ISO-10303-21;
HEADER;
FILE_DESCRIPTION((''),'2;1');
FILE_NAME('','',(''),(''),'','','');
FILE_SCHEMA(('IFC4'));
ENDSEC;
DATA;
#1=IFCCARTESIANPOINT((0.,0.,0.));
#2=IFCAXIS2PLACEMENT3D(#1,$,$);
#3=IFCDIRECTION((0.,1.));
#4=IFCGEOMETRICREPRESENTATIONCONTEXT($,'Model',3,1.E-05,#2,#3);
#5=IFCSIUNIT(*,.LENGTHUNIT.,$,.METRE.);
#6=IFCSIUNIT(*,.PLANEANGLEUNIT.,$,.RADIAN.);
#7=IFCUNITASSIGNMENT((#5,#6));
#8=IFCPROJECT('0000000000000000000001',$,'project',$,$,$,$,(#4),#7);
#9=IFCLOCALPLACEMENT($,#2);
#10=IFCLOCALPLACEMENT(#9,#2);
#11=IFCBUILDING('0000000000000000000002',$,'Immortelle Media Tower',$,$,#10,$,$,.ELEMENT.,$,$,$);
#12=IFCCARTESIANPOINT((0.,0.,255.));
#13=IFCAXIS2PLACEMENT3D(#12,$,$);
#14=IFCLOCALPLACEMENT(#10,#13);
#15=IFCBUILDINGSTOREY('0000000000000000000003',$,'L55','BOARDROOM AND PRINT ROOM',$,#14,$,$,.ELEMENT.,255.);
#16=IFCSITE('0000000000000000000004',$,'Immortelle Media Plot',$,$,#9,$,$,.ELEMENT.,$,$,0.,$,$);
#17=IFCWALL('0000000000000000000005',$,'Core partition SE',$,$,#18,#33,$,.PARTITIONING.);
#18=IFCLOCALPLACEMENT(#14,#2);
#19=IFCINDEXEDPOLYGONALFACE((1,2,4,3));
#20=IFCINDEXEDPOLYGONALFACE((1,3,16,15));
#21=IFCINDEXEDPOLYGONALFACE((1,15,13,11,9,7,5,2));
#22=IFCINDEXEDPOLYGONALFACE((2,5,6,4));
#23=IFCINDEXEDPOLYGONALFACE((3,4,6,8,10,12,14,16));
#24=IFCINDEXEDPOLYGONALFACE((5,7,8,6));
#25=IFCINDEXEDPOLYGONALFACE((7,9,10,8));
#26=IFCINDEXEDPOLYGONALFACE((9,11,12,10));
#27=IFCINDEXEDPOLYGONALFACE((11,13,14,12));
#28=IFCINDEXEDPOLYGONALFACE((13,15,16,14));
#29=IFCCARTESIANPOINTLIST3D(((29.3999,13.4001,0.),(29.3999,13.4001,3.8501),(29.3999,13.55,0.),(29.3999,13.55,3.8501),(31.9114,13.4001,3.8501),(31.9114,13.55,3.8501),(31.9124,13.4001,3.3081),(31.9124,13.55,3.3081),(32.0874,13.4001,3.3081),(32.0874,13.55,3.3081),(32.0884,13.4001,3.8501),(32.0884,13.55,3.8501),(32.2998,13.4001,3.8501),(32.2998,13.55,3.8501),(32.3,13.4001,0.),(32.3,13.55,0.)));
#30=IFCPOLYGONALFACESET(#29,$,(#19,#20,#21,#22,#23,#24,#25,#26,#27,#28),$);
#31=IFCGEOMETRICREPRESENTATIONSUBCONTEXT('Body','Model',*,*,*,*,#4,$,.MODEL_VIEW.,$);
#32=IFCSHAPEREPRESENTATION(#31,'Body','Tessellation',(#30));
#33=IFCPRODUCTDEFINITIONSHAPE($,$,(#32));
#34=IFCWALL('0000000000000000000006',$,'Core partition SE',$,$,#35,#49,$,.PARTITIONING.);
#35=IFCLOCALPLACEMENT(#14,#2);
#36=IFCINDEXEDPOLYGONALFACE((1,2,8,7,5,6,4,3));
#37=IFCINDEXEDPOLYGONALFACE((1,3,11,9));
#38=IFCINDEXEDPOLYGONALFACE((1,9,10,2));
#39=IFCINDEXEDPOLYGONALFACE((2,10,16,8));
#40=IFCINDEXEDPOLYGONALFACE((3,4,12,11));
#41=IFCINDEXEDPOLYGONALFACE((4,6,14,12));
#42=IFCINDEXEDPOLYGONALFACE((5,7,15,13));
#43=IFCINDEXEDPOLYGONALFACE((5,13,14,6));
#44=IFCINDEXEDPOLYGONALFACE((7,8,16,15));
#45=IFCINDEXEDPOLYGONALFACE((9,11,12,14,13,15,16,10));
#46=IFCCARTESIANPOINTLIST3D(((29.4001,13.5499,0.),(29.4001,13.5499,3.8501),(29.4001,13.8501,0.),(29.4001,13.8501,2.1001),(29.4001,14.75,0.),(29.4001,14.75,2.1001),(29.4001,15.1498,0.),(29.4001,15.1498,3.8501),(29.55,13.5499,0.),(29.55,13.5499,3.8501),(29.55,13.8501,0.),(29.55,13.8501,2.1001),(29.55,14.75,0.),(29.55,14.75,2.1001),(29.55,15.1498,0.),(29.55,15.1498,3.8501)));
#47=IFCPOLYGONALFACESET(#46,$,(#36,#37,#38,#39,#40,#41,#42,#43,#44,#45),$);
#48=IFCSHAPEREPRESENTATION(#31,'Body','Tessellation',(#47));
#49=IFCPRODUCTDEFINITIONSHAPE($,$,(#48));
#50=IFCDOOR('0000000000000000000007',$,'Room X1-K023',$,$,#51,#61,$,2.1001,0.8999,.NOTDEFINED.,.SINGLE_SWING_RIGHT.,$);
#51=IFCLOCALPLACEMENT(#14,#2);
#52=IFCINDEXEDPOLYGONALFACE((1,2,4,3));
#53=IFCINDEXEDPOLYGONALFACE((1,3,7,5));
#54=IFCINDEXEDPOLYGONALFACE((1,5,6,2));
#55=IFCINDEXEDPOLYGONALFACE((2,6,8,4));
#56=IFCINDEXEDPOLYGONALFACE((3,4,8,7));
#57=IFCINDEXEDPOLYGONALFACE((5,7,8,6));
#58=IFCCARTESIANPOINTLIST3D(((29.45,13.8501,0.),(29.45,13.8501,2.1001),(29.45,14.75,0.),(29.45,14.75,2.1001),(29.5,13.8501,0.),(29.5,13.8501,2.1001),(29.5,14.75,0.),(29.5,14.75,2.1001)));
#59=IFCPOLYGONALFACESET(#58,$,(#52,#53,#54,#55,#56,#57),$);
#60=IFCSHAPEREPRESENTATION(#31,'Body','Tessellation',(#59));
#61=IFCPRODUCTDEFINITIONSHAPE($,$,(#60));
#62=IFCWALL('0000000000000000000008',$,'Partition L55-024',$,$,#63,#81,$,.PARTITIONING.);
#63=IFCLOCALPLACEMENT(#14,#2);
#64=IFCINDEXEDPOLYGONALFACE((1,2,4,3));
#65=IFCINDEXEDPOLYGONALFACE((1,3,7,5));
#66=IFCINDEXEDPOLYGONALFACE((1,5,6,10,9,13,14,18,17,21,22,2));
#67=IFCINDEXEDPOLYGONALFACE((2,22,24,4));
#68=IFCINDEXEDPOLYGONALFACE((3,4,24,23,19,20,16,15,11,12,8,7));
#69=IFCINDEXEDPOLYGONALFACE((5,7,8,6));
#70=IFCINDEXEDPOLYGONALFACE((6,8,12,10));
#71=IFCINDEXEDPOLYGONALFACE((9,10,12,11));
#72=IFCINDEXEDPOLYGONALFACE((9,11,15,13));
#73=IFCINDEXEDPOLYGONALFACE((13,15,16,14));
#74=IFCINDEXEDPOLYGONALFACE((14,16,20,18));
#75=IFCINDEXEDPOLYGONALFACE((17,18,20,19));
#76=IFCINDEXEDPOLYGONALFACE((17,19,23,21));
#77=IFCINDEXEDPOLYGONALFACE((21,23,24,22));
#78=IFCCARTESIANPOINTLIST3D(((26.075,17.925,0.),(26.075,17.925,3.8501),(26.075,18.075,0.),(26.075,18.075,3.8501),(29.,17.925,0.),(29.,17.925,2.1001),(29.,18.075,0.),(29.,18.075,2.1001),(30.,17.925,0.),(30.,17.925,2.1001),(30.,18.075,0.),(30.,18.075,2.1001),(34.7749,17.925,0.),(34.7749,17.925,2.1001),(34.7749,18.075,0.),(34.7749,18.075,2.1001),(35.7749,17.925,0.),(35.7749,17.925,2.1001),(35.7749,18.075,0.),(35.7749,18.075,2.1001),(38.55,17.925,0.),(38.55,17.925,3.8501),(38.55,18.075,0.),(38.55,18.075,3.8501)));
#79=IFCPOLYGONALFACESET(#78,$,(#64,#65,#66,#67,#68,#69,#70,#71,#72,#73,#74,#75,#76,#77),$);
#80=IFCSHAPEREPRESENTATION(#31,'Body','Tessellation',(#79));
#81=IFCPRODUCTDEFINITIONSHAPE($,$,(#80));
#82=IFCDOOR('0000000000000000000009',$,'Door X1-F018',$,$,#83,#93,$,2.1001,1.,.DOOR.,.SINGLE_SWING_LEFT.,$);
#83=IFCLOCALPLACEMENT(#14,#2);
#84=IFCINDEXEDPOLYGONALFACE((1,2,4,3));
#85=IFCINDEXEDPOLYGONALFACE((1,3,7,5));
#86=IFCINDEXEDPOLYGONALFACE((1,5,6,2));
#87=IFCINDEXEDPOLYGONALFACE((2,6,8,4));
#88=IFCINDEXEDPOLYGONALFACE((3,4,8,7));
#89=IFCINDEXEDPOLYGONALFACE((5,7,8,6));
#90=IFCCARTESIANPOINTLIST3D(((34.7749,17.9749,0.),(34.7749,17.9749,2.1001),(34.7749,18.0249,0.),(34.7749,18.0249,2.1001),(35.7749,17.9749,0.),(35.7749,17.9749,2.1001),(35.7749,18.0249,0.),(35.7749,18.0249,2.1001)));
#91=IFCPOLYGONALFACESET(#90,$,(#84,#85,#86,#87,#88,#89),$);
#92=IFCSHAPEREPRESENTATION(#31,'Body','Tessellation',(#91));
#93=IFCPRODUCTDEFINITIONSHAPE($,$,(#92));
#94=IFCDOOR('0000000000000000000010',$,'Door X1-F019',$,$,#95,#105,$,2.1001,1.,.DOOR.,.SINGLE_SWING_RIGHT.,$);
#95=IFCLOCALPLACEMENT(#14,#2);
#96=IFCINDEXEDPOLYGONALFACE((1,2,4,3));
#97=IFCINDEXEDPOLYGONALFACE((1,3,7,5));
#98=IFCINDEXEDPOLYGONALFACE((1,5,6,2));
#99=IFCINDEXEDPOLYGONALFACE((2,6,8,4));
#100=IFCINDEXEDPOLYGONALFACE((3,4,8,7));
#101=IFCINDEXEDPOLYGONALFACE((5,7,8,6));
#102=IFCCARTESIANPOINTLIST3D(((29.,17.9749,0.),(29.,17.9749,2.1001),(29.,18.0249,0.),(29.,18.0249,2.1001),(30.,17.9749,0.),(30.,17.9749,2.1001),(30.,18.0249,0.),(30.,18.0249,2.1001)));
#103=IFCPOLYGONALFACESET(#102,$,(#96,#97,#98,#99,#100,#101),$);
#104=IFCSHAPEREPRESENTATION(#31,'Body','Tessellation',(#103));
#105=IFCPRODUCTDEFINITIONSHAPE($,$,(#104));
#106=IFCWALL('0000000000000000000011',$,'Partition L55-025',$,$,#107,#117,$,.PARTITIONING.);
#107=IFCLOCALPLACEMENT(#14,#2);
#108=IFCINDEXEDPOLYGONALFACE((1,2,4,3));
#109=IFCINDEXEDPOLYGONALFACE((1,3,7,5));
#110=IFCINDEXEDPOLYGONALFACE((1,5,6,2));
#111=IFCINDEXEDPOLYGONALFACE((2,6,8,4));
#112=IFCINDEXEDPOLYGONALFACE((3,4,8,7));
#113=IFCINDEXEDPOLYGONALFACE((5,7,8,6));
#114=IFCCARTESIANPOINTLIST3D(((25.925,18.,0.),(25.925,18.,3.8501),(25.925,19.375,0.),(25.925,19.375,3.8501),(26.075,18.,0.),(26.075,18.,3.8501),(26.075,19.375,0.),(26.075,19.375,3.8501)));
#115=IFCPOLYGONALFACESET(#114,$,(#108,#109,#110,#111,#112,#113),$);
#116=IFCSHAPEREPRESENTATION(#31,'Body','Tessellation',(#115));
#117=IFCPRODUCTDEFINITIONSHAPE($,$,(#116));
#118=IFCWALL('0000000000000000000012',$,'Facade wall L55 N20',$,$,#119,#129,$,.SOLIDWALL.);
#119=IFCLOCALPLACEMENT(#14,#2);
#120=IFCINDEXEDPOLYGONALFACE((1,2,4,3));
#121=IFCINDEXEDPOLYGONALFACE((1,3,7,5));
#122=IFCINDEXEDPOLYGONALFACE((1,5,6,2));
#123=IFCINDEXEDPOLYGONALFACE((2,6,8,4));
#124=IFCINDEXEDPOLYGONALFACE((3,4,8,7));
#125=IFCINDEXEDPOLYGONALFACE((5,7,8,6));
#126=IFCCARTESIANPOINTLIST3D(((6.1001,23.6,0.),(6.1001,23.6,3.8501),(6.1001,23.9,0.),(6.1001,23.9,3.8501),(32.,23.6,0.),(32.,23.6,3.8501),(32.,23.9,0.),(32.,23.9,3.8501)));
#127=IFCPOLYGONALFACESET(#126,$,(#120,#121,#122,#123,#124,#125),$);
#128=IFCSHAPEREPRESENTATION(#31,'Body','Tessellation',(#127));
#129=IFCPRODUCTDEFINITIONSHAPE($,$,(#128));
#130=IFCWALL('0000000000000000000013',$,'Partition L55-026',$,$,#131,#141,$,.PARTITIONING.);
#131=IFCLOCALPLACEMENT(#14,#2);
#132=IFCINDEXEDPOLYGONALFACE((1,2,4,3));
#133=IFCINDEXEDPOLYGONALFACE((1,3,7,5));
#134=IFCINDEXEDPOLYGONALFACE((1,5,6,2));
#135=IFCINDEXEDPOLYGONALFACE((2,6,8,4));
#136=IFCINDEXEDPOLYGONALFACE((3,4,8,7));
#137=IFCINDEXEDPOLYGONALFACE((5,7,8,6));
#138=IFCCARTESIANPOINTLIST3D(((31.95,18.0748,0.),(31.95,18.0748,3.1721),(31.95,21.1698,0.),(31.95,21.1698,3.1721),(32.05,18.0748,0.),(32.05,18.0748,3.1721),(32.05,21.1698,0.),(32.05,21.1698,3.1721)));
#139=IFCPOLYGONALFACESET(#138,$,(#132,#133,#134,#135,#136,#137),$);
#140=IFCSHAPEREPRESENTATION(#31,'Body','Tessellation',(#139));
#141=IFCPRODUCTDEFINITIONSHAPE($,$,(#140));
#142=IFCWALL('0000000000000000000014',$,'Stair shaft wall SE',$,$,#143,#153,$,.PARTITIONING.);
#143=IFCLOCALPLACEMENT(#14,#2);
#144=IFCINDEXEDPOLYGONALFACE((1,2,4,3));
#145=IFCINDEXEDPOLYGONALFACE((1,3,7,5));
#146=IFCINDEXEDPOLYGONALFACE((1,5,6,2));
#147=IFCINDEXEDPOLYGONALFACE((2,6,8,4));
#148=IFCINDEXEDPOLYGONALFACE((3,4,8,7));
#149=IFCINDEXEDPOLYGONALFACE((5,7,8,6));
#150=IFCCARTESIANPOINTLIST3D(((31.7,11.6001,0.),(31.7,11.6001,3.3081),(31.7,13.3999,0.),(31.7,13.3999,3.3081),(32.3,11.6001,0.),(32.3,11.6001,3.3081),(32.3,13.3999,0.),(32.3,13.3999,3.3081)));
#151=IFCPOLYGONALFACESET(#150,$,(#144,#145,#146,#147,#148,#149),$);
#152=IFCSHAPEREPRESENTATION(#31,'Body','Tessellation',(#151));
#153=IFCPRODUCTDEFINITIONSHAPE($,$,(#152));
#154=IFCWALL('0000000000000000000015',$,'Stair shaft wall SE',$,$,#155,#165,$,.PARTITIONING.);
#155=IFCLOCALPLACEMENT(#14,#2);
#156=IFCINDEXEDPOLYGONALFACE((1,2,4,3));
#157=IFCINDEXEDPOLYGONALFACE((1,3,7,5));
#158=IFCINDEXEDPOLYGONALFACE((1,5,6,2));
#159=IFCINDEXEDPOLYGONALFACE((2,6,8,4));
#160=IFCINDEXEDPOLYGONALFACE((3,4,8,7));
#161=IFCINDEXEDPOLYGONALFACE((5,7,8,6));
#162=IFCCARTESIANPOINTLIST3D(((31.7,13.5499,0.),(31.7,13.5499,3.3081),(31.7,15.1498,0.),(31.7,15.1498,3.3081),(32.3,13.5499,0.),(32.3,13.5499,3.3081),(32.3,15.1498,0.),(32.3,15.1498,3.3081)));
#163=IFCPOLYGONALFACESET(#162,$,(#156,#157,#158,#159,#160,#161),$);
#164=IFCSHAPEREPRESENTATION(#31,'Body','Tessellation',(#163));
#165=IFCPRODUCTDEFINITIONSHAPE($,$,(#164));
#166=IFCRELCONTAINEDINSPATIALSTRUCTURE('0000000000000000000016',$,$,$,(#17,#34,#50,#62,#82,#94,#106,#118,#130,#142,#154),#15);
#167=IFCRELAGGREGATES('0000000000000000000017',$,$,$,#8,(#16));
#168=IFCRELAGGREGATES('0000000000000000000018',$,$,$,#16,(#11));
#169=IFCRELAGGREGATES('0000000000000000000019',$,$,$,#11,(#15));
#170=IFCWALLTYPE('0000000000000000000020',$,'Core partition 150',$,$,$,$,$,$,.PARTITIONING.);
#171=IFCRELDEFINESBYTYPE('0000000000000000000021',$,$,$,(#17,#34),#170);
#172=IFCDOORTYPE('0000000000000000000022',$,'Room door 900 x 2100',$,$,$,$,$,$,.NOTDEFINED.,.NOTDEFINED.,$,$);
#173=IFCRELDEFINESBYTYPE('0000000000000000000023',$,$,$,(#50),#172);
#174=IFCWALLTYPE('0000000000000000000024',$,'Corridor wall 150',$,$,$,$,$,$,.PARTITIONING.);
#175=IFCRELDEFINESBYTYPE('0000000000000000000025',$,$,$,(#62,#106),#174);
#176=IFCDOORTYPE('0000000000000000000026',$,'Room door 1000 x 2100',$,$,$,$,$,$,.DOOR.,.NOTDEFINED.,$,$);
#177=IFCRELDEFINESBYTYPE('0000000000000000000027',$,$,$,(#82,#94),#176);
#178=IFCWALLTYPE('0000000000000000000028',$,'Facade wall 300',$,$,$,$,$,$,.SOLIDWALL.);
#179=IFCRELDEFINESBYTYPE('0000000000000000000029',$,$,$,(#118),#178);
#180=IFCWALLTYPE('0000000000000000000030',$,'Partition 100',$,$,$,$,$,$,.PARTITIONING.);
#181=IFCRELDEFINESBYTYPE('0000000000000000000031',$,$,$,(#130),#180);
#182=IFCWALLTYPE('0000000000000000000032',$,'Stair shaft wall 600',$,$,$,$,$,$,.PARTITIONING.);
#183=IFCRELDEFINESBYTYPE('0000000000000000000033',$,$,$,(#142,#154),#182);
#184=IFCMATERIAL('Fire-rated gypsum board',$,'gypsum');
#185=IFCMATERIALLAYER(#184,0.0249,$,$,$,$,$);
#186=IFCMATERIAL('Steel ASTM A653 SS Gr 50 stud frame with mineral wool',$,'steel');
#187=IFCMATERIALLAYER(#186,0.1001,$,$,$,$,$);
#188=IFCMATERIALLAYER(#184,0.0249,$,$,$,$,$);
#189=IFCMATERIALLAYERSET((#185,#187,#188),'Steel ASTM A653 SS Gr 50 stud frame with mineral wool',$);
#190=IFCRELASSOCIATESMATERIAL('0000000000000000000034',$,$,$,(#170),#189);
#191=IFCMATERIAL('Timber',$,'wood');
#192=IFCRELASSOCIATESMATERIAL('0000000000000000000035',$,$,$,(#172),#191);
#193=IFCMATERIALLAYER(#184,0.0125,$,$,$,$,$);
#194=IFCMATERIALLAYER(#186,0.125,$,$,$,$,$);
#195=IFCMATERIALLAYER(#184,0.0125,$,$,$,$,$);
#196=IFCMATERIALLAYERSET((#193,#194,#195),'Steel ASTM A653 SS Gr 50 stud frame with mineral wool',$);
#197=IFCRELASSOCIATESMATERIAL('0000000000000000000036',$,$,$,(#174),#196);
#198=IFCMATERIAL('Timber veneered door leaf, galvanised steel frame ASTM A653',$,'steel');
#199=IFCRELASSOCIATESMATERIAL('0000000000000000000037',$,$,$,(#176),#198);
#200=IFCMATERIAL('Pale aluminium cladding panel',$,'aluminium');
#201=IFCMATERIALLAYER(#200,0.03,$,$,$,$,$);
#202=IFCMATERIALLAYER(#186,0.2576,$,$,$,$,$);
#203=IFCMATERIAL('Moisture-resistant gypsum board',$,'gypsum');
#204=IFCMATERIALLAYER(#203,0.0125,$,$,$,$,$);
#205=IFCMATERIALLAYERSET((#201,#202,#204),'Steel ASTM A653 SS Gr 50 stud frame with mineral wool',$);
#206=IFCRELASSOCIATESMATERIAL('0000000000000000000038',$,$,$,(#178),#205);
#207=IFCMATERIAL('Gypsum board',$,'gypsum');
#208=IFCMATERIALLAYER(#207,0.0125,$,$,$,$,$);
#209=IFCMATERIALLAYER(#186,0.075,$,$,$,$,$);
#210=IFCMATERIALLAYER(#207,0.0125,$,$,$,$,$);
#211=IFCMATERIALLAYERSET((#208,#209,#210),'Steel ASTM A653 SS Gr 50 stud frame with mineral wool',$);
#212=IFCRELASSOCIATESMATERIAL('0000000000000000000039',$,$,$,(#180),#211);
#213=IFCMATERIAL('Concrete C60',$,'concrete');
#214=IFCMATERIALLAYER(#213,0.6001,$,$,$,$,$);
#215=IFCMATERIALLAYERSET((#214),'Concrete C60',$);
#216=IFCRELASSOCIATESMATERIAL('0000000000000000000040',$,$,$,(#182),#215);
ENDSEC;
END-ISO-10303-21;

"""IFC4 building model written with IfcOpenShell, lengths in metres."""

from ifc_helpers import new_model, si_unit, direction, frame, frame_2d, origin, place, context, subcontext, project, spatial, polyline, rectangle, outline, extrude, material, layer, layer_set, type_object, element, fill, save


model = new_model("IFC4")

# Units and contexts
model_context = context("Model", 3, precision=1e-05, world=origin(), true_north=direction((0.0, 1.0)))
body_context = subcontext(model_context, "Body", "Model", "MODEL_VIEW")
ifc_project = project(units=[si_unit("LENGTHUNIT", "METRE"), si_unit("PLANEANGLEUNIT", "RADIAN")], contexts=[model_context])

# Site, building, storey
site_placement = place(None, origin())
site = spatial("IfcSite", under=ifc_project, at=site_placement, Name="Immortelle Media Plot", CompositionType="ELEMENT", RefElevation=0.0)
building_placement = place(site_placement, origin())
building = spatial("IfcBuilding", under=site, at=building_placement, Name="Immortelle Media Tower", CompositionType="ELEMENT")
storey_placement = place(building_placement, frame((0.0, 0.0, 255.0)))
storey = spatial("IfcBuildingStorey", under=building, at=storey_placement, Name="L55", Description="BOARDROOM AND PRINT ROOM", CompositionType="ELEMENT", Elevation=255.0)

# Shared definitions
ifc_material_1 = material(Name="Fire-rated gypsum board", Category="gypsum")
ifc_layer_1 = layer(ifc_material_1, 0.0249)
ifc_material_2 = material(Name="Steel ASTM A653 SS Gr 50 stud frame with mineral wool", Category="steel")
ifc_layer_2 = layer(ifc_material_2, 0.1001)
ifc_layer_3 = layer(ifc_material_1, 0.0249)
ifc_layer_set_1 = layer_set([ifc_layer_1, ifc_layer_2, ifc_layer_3], Name="Steel ASTM A653 SS Gr 50 stud frame with mineral wool")
wall_type_1 = type_object("IfcWallType", Name="Core partition 150", PredefinedType="PARTITIONING", material=ifc_layer_set_1)

# Wall
wall_1_placement = place(storey_placement, frame((29.3999, 13.4751, 0.0), z_axis=(0.0, 0.0, 1.0), x_axis=(1.0, 0.0, 0.0)))
element("IfcWall", 1, at=wall_1_placement, inside=storey, type_object=wall_type_1, Name="Core partition SE", PredefinedType="PARTITIONING", context=body_context, shape_type="SweptSolid", body=[
    extrude(outline(polyline([(0.0, 0.0), (2.9001, 0.0), (2.8999, 3.8501), (2.6885, 3.8501), (2.6875, 3.3081), (2.5125, 3.3081), (2.5115, 3.8501), (0.0, 3.8501), (0.0, 0.0)])), frame((0.0, 0.075, 0.0), z_axis=(0.0, -1.0, 0.0), x_axis=(1.0, 0.0, 0.0)), (0.0, 0.0, 1.0), 0.1499),
])

# Wall, opening, door
wall_2_placement = place(storey_placement, frame((29.4751, 13.55, 0.0), z_axis=(0.0, 0.0, 1.0), x_axis=(0.0, 1.0, 0.0)))
wall_2 = element("IfcWall", 2, at=wall_2_placement, inside=storey, type_object=wall_type_1, Name="Core partition SE", PredefinedType="PARTITIONING", context=body_context, shape_type="SweptSolid", body=[
    extrude(rectangle(XDim=1.5999, YDim=0.1499, at=frame_2d((0.7998, 0.0))), origin(), (0.0, 0.0, 1.0), 3.8501),
])
opening_1_placement = place(wall_2_placement, frame((1.2, 0.0, 0.0), z_axis=(0.0, 0.0, 1.0), x_axis=(-1.0, 0.0, 0.0)))
opening_1 = element("IfcOpeningElement", 3, at=opening_1_placement, cuts=wall_2, PredefinedType="OPENING", context=body_context, shape_type="SweptSolid", body=[
    extrude(rectangle(XDim=0.8999, YDim=2.1001, at=frame_2d((0.45, 1.05))), frame((0.0, 0.085, 0.0), z_axis=(0.0, -1.0, 0.0), x_axis=(1.0, 0.0, 0.0)), (0.0, 0.0, 1.0), 0.1699),
])
ifc_material_3 = material(Name="Timber", Category="wood")
door_type_1 = type_object("IfcDoorType", Name="Room door 900 x 2100", OperationType="NOTDEFINED", PredefinedType="NOTDEFINED", material=ifc_material_3)
door_1_placement = place(opening_1_placement, origin())
door_1 = element("IfcDoor", 4, at=door_1_placement, inside=storey, type_object=door_type_1, Name="Room X1-K023", OperationType="SINGLE_SWING_RIGHT", OverallHeight=2.1001, OverallWidth=0.8999, PredefinedType="NOTDEFINED", context=body_context, shape_type="SweptSolid", body=[
    extrude(rectangle(XDim=0.8999, YDim=2.1001, at=frame_2d((0.45, 1.05))), frame((0.0, 0.0249, 0.0), z_axis=(0.0, -1.0, 0.0), x_axis=(1.0, 0.0, 0.0)), (0.0, 0.0, 1.0), 0.05),
])
fill(opening_1, door_1)

# Wall, openings, doors
ifc_layer_4 = layer(ifc_material_1, 0.0125)
ifc_layer_5 = layer(ifc_material_2, 0.125)
ifc_layer_6 = layer(ifc_material_1, 0.0125)
ifc_layer_set_2 = layer_set([ifc_layer_4, ifc_layer_5, ifc_layer_6], Name="Steel ASTM A653 SS Gr 50 stud frame with mineral wool")
wall_type_2 = type_object("IfcWallType", Name="Corridor wall 150", PredefinedType="PARTITIONING", material=ifc_layer_set_2)
wall_3_placement = place(storey_placement, frame((26.075, 18.0, 0.0), z_axis=(0.0, 0.0, 1.0), x_axis=(1.0, 0.0, 0.0)))
wall_3 = element("IfcWall", 5, at=wall_3_placement, inside=storey, type_object=wall_type_2, Name="Partition L55-024", PredefinedType="PARTITIONING", context=body_context, shape_type="SweptSolid", body=[
    extrude(rectangle(XDim=12.4751, YDim=0.1499, at=frame_2d((6.2375, 0.0))), origin(), (0.0, 0.0, 1.0), 3.8501),
])
opening_2_placement = place(wall_3_placement, frame((8.7, 0.0, 0.0)))
opening_2 = element("IfcOpeningElement", 6, at=opening_2_placement, cuts=wall_3, PredefinedType="OPENING", context=body_context, shape_type="SweptSolid", body=[
    extrude(rectangle(XDim=1.0, YDim=2.1001, at=frame_2d((0.5, 1.05))), frame((0.0, 0.085, 0.0), z_axis=(0.0, -1.0, 0.0), x_axis=(1.0, 0.0, 0.0)), (0.0, 0.0, 1.0), 0.1699),
])
opening_3_placement = place(wall_3_placement, frame((2.925, 0.0, 0.0)))
opening_3 = element("IfcOpeningElement", 7, at=opening_3_placement, cuts=wall_3, PredefinedType="OPENING", context=body_context, shape_type="SweptSolid", body=[
    extrude(rectangle(XDim=1.0, YDim=2.1001, at=frame_2d((0.5, 1.05))), frame((0.0, 0.085, 0.0), z_axis=(0.0, -1.0, 0.0), x_axis=(1.0, 0.0, 0.0)), (0.0, 0.0, 1.0), 0.1699),
])
ifc_material_4 = material(Name="Timber veneered door leaf, galvanised steel frame ASTM A653", Category="steel")
door_type_2 = type_object("IfcDoorType", Name="Room door 1000 x 2100", OperationType="NOTDEFINED", PredefinedType="DOOR", material=ifc_material_4)
door_2_placement = place(opening_2_placement, origin())
door_2 = element("IfcDoor", 8, at=door_2_placement, inside=storey, type_object=door_type_2, Name="Door X1-F018", OperationType="SINGLE_SWING_LEFT", OverallHeight=2.1001, OverallWidth=1.0, PredefinedType="DOOR", context=body_context, shape_type="SweptSolid", body=[
    extrude(rectangle(XDim=1.0, YDim=2.1001, at=frame_2d((0.5, 1.05))), frame((0.0, 0.0249, 0.0), z_axis=(0.0, -1.0, 0.0), x_axis=(1.0, 0.0, 0.0)), (0.0, 0.0, 1.0), 0.05),
])
fill(opening_2, door_2)
door_3_placement = place(opening_3_placement, origin())
door_3 = element("IfcDoor", 9, at=door_3_placement, inside=storey, type_object=door_type_2, Name="Door X1-F019", OperationType="SINGLE_SWING_RIGHT", OverallHeight=2.1001, OverallWidth=1.0, PredefinedType="DOOR", context=body_context, shape_type="SweptSolid", body=[
    extrude(rectangle(XDim=1.0, YDim=2.1001, at=frame_2d((0.5, 1.05))), frame((0.0, 0.0249, 0.0), z_axis=(0.0, -1.0, 0.0), x_axis=(1.0, 0.0, 0.0)), (0.0, 0.0, 1.0), 0.05),
])
fill(opening_3, door_3)

# Walls
wall_4_placement = place(storey_placement, frame((26.0, 18.0, 0.0), z_axis=(0.0, 0.0, 1.0), x_axis=(0.0, 1.0, 0.0)))
element("IfcWall", 10, at=wall_4_placement, inside=storey, type_object=wall_type_2, Name="Partition L55-025", PredefinedType="PARTITIONING", context=body_context, shape_type="SweptSolid", body=[
    extrude(rectangle(XDim=1.375, YDim=0.1499, at=frame_2d((0.6875, 0.0))), origin(), (0.0, 0.0, 1.0), 3.8501),
])
ifc_material_5 = material(Name="Pale aluminium cladding panel", Category="aluminium")
ifc_layer_7 = layer(ifc_material_5, 0.03)
ifc_layer_8 = layer(ifc_material_2, 0.2576)
ifc_material_6 = material(Name="Moisture-resistant gypsum board", Category="gypsum")
ifc_layer_9 = layer(ifc_material_6, 0.0125)
ifc_layer_set_3 = layer_set([ifc_layer_7, ifc_layer_8, ifc_layer_9], Name="Steel ASTM A653 SS Gr 50 stud frame with mineral wool")
wall_type_3 = type_object("IfcWallType", Name="Facade wall 300", PredefinedType="SOLIDWALL", material=ifc_layer_set_3)
wall_5_placement = place(storey_placement, frame((32.0, 23.75, 0.0), z_axis=(0.0, 0.0, 1.0), x_axis=(-1.0, 0.0, 0.0)))
element("IfcWall", 11, at=wall_5_placement, inside=storey, type_object=wall_type_3, Name="Facade wall L55 N20", PredefinedType="SOLIDWALL", context=body_context, shape_type="SweptSolid", body=[
    extrude(rectangle(XDim=25.8999, YDim=0.3, at=frame_2d((12.95, 0.0))), origin(), (0.0, 0.0, 1.0), 3.8501),
])
ifc_material_7 = material(Name="Gypsum board", Category="gypsum")
ifc_layer_10 = layer(ifc_material_7, 0.0125)
ifc_layer_11 = layer(ifc_material_2, 0.075)
ifc_layer_12 = layer(ifc_material_7, 0.0125)
ifc_layer_set_4 = layer_set([ifc_layer_10, ifc_layer_11, ifc_layer_12], Name="Steel ASTM A653 SS Gr 50 stud frame with mineral wool")
wall_type_4 = type_object("IfcWallType", Name="Partition 100", PredefinedType="PARTITIONING", material=ifc_layer_set_4)
wall_6_placement = place(storey_placement, frame((32.0, 18.075, 0.0), z_axis=(0.0, 0.0, 1.0), x_axis=(0.0, 1.0, 0.0)))
element("IfcWall", 12, at=wall_6_placement, inside=storey, type_object=wall_type_4, Name="Partition L55-026", PredefinedType="PARTITIONING", context=body_context, shape_type="SweptSolid", body=[
    extrude(rectangle(XDim=3.095, YDim=0.1001, at=frame_2d((1.5474, 0.0))), origin(), (0.0, 0.0, 1.0), 3.1721),
])
ifc_material_8 = material(Name="Concrete C60", Category="concrete")
ifc_layer_13 = layer(ifc_material_8, 0.6001)
ifc_layer_set_5 = layer_set([ifc_layer_13], Name="Concrete C60")
wall_type_5 = type_object("IfcWallType", Name="Stair shaft wall 600", PredefinedType="PARTITIONING", material=ifc_layer_set_5)
wall_7_placement = place(storey_placement, frame((32.0, 11.6001, 0.0), z_axis=(0.0, 0.0, 1.0), x_axis=(0.0, 1.0, 0.0)))
element("IfcWall", 13, at=wall_7_placement, inside=storey, type_object=wall_type_5, Name="Stair shaft wall SE", PredefinedType="PARTITIONING", context=body_context, shape_type="SweptSolid", body=[
    extrude(rectangle(XDim=1.7998, YDim=0.6001, at=frame_2d((0.8999, 0.0))), origin(), (0.0, 0.0, 1.0), 3.3081),
])
wall_8_placement = place(storey_placement, frame((32.0, 13.55, 0.0), z_axis=(0.0, 0.0, 1.0), x_axis=(0.0, 1.0, 0.0)))
element("IfcWall", 14, at=wall_8_placement, inside=storey, type_object=wall_type_5, Name="Stair shaft wall SE", PredefinedType="PARTITIONING", context=body_context, shape_type="SweptSolid", body=[
    extrude(rectangle(XDim=1.5999, YDim=0.6001, at=frame_2d((0.7998, 0.0))), origin(), (0.0, 0.0, 1.0), 3.3081),
])

save(model, "model.ifc")
